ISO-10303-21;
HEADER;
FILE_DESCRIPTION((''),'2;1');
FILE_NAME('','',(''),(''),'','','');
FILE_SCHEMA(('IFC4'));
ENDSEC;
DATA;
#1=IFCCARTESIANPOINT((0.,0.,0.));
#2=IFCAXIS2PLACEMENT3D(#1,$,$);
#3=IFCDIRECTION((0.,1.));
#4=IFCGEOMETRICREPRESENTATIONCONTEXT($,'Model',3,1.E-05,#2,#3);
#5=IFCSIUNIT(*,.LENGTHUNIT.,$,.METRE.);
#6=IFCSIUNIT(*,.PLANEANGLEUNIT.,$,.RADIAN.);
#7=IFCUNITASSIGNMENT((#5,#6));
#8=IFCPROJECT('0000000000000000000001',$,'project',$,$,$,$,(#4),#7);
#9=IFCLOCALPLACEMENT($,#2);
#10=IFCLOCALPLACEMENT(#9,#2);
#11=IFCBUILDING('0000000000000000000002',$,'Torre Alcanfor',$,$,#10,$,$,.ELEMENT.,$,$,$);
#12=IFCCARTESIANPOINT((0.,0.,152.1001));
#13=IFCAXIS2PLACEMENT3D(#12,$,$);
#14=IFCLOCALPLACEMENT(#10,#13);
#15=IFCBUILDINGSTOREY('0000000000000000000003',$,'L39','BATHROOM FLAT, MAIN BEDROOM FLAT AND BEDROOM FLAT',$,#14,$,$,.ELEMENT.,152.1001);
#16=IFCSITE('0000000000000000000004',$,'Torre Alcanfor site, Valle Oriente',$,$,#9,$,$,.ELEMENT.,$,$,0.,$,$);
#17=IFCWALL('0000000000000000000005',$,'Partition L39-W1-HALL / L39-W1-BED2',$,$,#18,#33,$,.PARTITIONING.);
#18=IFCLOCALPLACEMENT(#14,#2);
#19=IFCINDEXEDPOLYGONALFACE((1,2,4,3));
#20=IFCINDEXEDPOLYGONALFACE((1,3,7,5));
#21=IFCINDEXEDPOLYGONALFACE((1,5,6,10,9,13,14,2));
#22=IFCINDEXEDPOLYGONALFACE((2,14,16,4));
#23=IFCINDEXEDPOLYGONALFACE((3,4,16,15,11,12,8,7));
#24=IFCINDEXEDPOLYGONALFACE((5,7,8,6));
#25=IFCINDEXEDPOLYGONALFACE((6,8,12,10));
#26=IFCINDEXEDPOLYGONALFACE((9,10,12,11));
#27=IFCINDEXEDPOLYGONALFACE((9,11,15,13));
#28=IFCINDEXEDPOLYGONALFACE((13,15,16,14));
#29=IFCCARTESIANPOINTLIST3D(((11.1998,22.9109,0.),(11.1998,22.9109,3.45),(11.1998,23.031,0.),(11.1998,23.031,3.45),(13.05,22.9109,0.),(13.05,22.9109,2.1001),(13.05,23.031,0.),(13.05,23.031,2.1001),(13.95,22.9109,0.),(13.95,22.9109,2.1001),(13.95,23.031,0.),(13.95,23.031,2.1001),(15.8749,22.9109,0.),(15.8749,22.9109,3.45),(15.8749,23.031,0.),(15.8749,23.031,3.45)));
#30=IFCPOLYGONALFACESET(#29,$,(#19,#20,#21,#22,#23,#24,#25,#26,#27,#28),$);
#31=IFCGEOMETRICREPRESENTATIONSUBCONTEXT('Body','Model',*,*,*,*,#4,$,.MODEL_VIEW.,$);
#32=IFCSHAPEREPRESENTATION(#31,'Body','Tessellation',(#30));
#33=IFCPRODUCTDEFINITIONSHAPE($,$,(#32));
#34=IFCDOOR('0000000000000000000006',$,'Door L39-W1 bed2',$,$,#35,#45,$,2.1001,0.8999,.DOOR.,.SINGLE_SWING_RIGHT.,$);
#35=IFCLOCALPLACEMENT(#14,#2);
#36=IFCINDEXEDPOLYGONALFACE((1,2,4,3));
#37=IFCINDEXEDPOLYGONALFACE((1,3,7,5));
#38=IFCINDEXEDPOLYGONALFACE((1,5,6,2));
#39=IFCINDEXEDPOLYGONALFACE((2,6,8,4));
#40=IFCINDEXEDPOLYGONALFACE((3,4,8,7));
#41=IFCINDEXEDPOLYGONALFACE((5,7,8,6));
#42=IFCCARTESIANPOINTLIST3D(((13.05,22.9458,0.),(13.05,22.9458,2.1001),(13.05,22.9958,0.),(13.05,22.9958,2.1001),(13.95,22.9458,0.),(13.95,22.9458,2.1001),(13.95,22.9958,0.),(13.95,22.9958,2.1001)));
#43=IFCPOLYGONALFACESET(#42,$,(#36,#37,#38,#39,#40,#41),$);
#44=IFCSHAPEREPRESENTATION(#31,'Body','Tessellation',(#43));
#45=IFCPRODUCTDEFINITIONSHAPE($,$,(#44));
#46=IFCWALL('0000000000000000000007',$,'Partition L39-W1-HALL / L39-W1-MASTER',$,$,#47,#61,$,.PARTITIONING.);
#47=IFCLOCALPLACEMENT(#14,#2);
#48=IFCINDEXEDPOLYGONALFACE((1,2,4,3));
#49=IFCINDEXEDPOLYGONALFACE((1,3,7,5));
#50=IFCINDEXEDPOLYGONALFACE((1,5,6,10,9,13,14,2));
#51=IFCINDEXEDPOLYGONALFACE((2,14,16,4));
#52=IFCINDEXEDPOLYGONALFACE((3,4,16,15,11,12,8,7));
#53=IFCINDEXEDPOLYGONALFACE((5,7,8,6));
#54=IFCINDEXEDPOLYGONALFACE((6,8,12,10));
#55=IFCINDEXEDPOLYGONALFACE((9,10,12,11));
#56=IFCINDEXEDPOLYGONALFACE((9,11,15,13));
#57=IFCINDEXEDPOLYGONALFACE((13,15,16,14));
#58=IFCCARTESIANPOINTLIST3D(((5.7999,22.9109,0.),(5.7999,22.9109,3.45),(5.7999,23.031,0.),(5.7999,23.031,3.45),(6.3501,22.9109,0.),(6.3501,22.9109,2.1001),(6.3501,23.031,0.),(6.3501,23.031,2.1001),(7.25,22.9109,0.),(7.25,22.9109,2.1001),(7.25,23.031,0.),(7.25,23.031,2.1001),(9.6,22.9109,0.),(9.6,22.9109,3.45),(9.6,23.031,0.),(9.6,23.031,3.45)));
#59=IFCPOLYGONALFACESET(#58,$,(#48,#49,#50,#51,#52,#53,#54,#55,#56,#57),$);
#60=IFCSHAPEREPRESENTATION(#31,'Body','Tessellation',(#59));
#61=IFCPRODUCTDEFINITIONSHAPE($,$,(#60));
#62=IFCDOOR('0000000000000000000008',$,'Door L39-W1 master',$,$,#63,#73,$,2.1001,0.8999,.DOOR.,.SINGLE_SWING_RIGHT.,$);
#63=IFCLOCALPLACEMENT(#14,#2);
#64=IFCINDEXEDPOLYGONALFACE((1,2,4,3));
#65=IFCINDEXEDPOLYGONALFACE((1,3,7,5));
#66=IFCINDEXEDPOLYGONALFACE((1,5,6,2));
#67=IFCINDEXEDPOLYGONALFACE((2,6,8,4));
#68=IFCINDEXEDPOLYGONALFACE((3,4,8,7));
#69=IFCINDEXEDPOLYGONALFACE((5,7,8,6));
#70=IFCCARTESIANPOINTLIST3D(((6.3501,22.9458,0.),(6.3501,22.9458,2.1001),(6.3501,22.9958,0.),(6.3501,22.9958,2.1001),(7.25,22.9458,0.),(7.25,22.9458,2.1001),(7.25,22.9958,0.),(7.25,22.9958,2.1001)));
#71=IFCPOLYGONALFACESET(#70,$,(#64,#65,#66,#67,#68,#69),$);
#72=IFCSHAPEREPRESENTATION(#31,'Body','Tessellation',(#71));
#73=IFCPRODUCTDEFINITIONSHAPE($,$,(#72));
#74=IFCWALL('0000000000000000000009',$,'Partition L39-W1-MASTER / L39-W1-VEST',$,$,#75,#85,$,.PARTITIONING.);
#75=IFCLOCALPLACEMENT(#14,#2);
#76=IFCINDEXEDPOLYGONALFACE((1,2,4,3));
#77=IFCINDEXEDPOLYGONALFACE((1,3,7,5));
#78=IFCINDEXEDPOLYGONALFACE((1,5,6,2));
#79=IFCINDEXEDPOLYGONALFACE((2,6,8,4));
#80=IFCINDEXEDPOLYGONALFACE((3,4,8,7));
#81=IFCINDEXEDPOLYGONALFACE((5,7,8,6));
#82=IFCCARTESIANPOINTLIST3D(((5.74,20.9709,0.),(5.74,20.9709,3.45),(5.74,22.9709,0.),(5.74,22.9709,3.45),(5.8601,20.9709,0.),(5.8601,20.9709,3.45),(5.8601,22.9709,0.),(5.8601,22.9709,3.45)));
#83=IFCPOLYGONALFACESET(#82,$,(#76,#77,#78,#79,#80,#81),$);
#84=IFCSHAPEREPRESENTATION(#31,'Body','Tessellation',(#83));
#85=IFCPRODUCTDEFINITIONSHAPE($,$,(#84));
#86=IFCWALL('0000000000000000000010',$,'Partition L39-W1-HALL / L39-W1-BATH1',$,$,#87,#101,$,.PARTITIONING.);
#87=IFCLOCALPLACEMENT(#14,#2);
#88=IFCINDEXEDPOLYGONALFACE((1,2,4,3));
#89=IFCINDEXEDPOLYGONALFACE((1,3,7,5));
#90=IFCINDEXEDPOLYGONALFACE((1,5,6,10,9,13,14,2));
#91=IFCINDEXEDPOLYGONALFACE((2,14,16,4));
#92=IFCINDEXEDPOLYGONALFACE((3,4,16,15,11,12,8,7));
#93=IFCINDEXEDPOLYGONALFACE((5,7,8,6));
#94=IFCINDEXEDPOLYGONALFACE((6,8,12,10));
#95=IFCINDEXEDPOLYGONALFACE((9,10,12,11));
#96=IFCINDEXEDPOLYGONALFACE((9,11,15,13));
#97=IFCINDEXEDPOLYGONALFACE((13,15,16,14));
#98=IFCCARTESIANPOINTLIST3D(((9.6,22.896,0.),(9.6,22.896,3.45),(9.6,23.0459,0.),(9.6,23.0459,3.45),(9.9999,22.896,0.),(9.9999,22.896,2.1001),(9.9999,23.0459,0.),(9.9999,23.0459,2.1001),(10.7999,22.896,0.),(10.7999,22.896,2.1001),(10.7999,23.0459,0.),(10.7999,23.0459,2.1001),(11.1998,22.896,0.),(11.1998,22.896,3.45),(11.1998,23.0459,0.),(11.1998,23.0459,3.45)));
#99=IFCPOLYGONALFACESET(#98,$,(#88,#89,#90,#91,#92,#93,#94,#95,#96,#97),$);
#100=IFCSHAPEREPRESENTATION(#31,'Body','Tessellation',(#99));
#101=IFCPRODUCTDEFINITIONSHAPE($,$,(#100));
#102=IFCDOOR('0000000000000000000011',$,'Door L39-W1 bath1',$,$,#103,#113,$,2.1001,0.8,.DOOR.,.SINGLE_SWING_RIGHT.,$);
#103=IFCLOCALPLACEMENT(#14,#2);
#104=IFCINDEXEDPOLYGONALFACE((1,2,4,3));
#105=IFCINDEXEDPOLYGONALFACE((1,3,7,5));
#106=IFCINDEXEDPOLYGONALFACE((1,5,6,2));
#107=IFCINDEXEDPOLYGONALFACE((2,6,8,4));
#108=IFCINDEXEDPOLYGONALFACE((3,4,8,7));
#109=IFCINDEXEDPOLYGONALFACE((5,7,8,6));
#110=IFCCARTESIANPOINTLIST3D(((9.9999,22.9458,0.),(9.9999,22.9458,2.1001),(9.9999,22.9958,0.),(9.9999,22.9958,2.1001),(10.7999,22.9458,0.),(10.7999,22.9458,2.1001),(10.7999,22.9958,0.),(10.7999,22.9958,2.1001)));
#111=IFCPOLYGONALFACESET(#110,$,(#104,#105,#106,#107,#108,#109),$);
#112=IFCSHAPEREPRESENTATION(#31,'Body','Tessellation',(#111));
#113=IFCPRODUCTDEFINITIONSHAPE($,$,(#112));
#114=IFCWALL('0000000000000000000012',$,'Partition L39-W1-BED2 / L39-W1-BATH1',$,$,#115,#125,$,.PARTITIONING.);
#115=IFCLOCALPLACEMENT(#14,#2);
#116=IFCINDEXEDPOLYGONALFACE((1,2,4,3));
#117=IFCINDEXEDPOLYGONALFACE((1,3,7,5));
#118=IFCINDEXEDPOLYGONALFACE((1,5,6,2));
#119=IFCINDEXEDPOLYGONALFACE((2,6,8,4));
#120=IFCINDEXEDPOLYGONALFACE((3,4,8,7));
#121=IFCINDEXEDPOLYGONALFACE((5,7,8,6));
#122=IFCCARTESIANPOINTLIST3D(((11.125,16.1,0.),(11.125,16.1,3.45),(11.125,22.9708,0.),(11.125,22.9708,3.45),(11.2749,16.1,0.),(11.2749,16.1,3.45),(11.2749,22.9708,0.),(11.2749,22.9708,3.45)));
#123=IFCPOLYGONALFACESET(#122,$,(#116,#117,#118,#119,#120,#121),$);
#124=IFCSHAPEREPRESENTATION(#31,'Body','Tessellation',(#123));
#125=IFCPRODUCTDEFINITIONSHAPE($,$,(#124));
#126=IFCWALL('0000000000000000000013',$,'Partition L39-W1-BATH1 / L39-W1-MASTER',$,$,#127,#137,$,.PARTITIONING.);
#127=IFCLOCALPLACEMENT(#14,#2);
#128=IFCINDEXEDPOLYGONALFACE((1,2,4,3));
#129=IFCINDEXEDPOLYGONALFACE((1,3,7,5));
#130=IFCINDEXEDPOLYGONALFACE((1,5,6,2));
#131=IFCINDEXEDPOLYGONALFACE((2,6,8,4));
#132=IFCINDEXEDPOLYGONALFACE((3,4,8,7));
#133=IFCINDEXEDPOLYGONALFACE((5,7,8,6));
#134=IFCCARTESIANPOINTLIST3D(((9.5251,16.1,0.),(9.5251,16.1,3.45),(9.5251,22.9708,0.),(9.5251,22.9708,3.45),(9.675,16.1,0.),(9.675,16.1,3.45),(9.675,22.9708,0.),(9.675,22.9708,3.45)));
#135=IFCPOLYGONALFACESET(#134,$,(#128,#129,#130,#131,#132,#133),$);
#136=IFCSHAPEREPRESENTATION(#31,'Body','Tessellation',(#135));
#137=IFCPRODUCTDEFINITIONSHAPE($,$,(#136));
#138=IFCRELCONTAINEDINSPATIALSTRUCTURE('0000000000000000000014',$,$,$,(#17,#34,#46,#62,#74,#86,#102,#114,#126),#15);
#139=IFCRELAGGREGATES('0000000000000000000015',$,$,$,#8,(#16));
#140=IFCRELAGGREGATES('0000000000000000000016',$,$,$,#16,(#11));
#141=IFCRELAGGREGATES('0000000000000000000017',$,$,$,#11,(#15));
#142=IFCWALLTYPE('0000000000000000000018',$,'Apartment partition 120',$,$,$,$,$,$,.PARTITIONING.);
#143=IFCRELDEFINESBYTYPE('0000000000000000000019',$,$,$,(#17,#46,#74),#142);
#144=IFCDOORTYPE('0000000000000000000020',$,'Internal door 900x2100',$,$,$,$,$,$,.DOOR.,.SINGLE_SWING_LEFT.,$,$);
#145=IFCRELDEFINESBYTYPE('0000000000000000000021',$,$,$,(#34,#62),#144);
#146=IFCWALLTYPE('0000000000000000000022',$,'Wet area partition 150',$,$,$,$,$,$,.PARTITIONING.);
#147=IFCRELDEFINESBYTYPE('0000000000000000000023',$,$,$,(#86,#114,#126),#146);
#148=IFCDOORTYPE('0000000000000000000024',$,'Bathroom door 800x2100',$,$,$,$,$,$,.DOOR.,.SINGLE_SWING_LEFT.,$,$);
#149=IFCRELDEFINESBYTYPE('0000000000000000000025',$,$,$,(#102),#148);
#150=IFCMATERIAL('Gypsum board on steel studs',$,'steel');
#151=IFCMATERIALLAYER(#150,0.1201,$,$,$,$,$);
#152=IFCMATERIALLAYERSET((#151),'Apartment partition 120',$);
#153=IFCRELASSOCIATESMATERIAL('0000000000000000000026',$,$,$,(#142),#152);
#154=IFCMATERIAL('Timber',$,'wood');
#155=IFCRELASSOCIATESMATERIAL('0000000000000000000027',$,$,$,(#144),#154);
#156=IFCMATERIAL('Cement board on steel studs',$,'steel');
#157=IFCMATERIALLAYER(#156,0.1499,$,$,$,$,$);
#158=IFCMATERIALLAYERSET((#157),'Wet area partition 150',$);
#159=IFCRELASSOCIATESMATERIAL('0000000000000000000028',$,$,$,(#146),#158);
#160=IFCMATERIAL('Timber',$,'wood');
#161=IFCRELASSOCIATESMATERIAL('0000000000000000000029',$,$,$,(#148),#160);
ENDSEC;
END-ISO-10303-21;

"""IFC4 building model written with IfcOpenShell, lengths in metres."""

from ifc_helpers import new_model, si_unit, direction, frame, frame_2d, origin, place, context, subcontext, project, spatial, rectangle, extrude, material, layer, layer_set, type_object, element, fill, save


model = new_model("IFC4")

# Units and contexts
model_context = context("Model", 3, precision=1e-05, world=origin(), true_north=direction((0.0, 1.0)))
body_context = subcontext(model_context, "Body", "Model", "MODEL_VIEW")
ifc_project = project(units=[si_unit("LENGTHUNIT", "METRE"), si_unit("PLANEANGLEUNIT", "RADIAN")], contexts=[model_context])

# Site, building, storey
site_placement = place(None, origin())
site = spatial("IfcSite", under=ifc_project, at=site_placement, Name="Torre Alcanfor site, Valle Oriente", CompositionType="ELEMENT", RefElevation=0.0)
building_placement = place(site_placement, origin())
building = spatial("IfcBuilding", under=site, at=building_placement, Name="Torre Alcanfor", CompositionType="ELEMENT")
storey_placement = place(building_placement, frame((0.0, 0.0, 152.1001)))
storey = spatial("IfcBuildingStorey", under=building, at=storey_placement, Name="L39", Description="BATHROOM FLAT, MAIN BEDROOM FLAT AND BEDROOM FLAT", CompositionType="ELEMENT", Elevation=152.1001)

# Shared definitions
ifc_material_1 = material(Name="Gypsum board on steel studs", Category="steel")
ifc_layer_1 = layer(ifc_material_1, 0.1201)
ifc_layer_set_1 = layer_set([ifc_layer_1], Name="Apartment partition 120")
wall_type_1 = type_object("IfcWallType", Name="Apartment partition 120", PredefinedType="PARTITIONING", material=ifc_layer_set_1)
ifc_material_2 = material(Name="Timber", Category="wood")
door_type_1 = type_object("IfcDoorType", Name="Internal door 900x2100", OperationType="SINGLE_SWING_LEFT", PredefinedType="DOOR", material=ifc_material_2)

# Walls, openings, doors
wall_1_placement = place(storey_placement, frame((11.2, 22.9709, 0.0), z_axis=(0.0, 0.0, 1.0), x_axis=(1.0, 0.0, 0.0)))
wall_1 = element("IfcWall", 1, at=wall_1_placement, inside=storey, type_object=wall_type_1, Name="Partition L39-W1-HALL / L39-W1-BED2", PredefinedType="PARTITIONING", context=body_context, shape_type="SweptSolid", body=[
    extrude(rectangle(XDim=4.675, YDim=0.1201, at=frame_2d((2.3374, 0.0))), origin(), (0.0, 0.0, 1.0), 3.45),
])
opening_1_placement = place(wall_1_placement, frame((1.8501, 0.0, 0.0)))
opening_1 = element("IfcOpeningElement", 2, at=opening_1_placement, cuts=wall_1, PredefinedType="OPENING", context=body_context, shape_type="SweptSolid", body=[
    extrude(rectangle(XDim=0.8999, YDim=2.1001, at=frame_2d((0.45, 1.05))), frame((0.0, 0.0701, 0.0), z_axis=(0.0, -1.0, 0.0), x_axis=(1.0, 0.0, 0.0)), (0.0, 0.0, 1.0), 0.1401),
])
door_1_placement = place(opening_1_placement, frame((0.8999, 0.0, 0.0), z_axis=(0.0, 0.0, 1.0), x_axis=(-1.0, 0.0, 0.0)))
door_1 = element("IfcDoor", 3, at=door_1_placement, inside=storey, type_object=door_type_1, Name="Door L39-W1 bed2", OperationType="SINGLE_SWING_RIGHT", OverallHeight=2.1001, OverallWidth=0.8999, PredefinedType="DOOR", context=body_context, shape_type="SweptSolid", body=[
    extrude(rectangle(XDim=0.8999, YDim=2.1001, at=frame_2d((0.45, 1.05))), frame((0.0, 0.0251, 0.0), z_axis=(0.0, -1.0, 0.0), x_axis=(1.0, 0.0, 0.0)), (0.0, 0.0, 1.0), 0.05),
])
fill(opening_1, door_1)
wall_2_placement = place(storey_placement, frame((5.8, 22.9709, 0.0), z_axis=(0.0, 0.0, 1.0), x_axis=(1.0, 0.0, 0.0)))
wall_2 = element("IfcWall", 4, at=wall_2_placement, inside=storey, type_object=wall_type_1, Name="Partition L39-W1-HALL / L39-W1-MASTER", PredefinedType="PARTITIONING", context=body_context, shape_type="SweptSolid", body=[
    extrude(rectangle(XDim=3.8, YDim=0.1201, at=frame_2d((1.8999, 0.0))), origin(), (0.0, 0.0, 1.0), 3.45),
])
opening_2_placement = place(wall_2_placement, frame((0.55, 0.0, 0.0)))
opening_2 = element("IfcOpeningElement", 5, at=opening_2_placement, cuts=wall_2, PredefinedType="OPENING", context=body_context, shape_type="SweptSolid", body=[
    extrude(rectangle(XDim=0.8999, YDim=2.1001, at=frame_2d((0.45, 1.05))), frame((0.0, 0.0701, 0.0), z_axis=(0.0, -1.0, 0.0), x_axis=(1.0, 0.0, 0.0)), (0.0, 0.0, 1.0), 0.1401),
])
door_2_placement = place(opening_2_placement, frame((0.8999, 0.0, 0.0), z_axis=(0.0, 0.0, 1.0), x_axis=(-1.0, 0.0, 0.0)))
door_2 = element("IfcDoor", 6, at=door_2_placement, inside=storey, type_object=door_type_1, Name="Door L39-W1 master", OperationType="SINGLE_SWING_RIGHT", OverallHeight=2.1001, OverallWidth=0.8999, PredefinedType="DOOR", context=body_context, shape_type="SweptSolid", body=[
    extrude(rectangle(XDim=0.8999, YDim=2.1001, at=frame_2d((0.45, 1.05))), frame((0.0, 0.0251, 0.0), z_axis=(0.0, -1.0, 0.0), x_axis=(1.0, 0.0, 0.0)), (0.0, 0.0, 1.0), 0.05),
])
fill(opening_2, door_2)

# Wall
wall_3_placement = place(storey_placement, frame((5.8, 20.9709, 0.0), z_axis=(0.0, 0.0, 1.0), x_axis=(0.0, 1.0, 0.0)))
element("IfcWall", 7, at=wall_3_placement, inside=storey, type_object=wall_type_1, Name="Partition L39-W1-MASTER / L39-W1-VEST", PredefinedType="PARTITIONING", context=body_context, shape_type="SweptSolid", body=[
    extrude(rectangle(XDim=2.0, YDim=0.1201, at=frame_2d((1.0, 0.0))), origin(), (0.0, 0.0, 1.0), 3.45),
])

# Wall, opening, door
ifc_material_3 = material(Name="Cement board on steel studs", Category="steel")
ifc_layer_2 = layer(ifc_material_3, 0.1499)
ifc_layer_set_2 = layer_set([ifc_layer_2], Name="Wet area partition 150")
wall_type_2 = type_object("IfcWallType", Name="Wet area partition 150", PredefinedType="PARTITIONING", material=ifc_layer_set_2)
wall_4_placement = place(storey_placement, frame((9.6001, 22.9709, 0.0), z_axis=(0.0, 0.0, 1.0), x_axis=(1.0, 0.0, 0.0)))
wall_4 = element("IfcWall", 8, at=wall_4_placement, inside=storey, type_object=wall_type_2, Name="Partition L39-W1-HALL / L39-W1-BATH1", PredefinedType="PARTITIONING", context=body_context, shape_type="SweptSolid", body=[
    extrude(rectangle(XDim=1.5999, YDim=0.1499, at=frame_2d((0.7998, 0.0))), origin(), (0.0, 0.0, 1.0), 3.45),
])
opening_3_placement = place(wall_4_placement, frame((0.3999, 0.0, 0.0)))
opening_3 = element("IfcOpeningElement", 9, at=opening_3_placement, cuts=wall_4, PredefinedType="OPENING", context=body_context, shape_type="SweptSolid", body=[
    extrude(rectangle(XDim=0.8, YDim=2.1001, at=frame_2d((0.3999, 1.05))), frame((0.0, 0.085, 0.0), z_axis=(0.0, -1.0, 0.0), x_axis=(1.0, 0.0, 0.0)), (0.0, 0.0, 1.0), 0.1699),
])
ifc_material_4 = material(Name="Timber", Category="wood")
door_type_2 = type_object("IfcDoorType", Name="Bathroom door 800x2100", OperationType="SINGLE_SWING_LEFT", PredefinedType="DOOR", material=ifc_material_4)
door_3_placement = place(opening_3_placement, frame((0.8, 0.0, 0.0), z_axis=(0.0, 0.0, 1.0), x_axis=(-1.0, 0.0, 0.0)))
door_3 = element("IfcDoor", 10, at=door_3_placement, inside=storey, type_object=door_type_2, Name="Door L39-W1 bath1", OperationType="SINGLE_SWING_RIGHT", OverallHeight=2.1001, OverallWidth=0.8, PredefinedType="DOOR", context=body_context, shape_type="SweptSolid", body=[
    extrude(rectangle(XDim=0.8, YDim=2.1001, at=frame_2d((0.4001, 1.05))), frame((0.0, 0.0251, 0.0), z_axis=(0.0, -1.0, 0.0), x_axis=(1.0, 0.0, 0.0)), (0.0, 0.0, 1.0), 0.05),
])
fill(opening_3, door_3)

# Walls
for number, where, z_axis, x_axis, name in (
    (11, (11.2, 22.9709, 0.0), (0.0, 0.0, 1.0), (0.0, -1.0, 0.0), "Partition L39-W1-BED2 / L39-W1-BATH1"),
    (12, (9.6001, 22.9709, 0.0), (0.0, 0.0, 1.0), (0.0, -1.0, 0.0), "Partition L39-W1-BATH1 / L39-W1-MASTER"),
):
    element("IfcWall", number, at=place(storey_placement, frame(where, z_axis=z_axis, x_axis=x_axis)), inside=storey, type_object=wall_type_2, Name=name, PredefinedType="PARTITIONING", context=body_context, shape_type="SweptSolid", body=[
        extrude(rectangle(XDim=6.8708, YDim=0.1499, at=frame_2d((3.4355, 0.0))), origin(), (0.0, 0.0, 1.0), 3.45),
    ])

save(model, "model.ifc")
